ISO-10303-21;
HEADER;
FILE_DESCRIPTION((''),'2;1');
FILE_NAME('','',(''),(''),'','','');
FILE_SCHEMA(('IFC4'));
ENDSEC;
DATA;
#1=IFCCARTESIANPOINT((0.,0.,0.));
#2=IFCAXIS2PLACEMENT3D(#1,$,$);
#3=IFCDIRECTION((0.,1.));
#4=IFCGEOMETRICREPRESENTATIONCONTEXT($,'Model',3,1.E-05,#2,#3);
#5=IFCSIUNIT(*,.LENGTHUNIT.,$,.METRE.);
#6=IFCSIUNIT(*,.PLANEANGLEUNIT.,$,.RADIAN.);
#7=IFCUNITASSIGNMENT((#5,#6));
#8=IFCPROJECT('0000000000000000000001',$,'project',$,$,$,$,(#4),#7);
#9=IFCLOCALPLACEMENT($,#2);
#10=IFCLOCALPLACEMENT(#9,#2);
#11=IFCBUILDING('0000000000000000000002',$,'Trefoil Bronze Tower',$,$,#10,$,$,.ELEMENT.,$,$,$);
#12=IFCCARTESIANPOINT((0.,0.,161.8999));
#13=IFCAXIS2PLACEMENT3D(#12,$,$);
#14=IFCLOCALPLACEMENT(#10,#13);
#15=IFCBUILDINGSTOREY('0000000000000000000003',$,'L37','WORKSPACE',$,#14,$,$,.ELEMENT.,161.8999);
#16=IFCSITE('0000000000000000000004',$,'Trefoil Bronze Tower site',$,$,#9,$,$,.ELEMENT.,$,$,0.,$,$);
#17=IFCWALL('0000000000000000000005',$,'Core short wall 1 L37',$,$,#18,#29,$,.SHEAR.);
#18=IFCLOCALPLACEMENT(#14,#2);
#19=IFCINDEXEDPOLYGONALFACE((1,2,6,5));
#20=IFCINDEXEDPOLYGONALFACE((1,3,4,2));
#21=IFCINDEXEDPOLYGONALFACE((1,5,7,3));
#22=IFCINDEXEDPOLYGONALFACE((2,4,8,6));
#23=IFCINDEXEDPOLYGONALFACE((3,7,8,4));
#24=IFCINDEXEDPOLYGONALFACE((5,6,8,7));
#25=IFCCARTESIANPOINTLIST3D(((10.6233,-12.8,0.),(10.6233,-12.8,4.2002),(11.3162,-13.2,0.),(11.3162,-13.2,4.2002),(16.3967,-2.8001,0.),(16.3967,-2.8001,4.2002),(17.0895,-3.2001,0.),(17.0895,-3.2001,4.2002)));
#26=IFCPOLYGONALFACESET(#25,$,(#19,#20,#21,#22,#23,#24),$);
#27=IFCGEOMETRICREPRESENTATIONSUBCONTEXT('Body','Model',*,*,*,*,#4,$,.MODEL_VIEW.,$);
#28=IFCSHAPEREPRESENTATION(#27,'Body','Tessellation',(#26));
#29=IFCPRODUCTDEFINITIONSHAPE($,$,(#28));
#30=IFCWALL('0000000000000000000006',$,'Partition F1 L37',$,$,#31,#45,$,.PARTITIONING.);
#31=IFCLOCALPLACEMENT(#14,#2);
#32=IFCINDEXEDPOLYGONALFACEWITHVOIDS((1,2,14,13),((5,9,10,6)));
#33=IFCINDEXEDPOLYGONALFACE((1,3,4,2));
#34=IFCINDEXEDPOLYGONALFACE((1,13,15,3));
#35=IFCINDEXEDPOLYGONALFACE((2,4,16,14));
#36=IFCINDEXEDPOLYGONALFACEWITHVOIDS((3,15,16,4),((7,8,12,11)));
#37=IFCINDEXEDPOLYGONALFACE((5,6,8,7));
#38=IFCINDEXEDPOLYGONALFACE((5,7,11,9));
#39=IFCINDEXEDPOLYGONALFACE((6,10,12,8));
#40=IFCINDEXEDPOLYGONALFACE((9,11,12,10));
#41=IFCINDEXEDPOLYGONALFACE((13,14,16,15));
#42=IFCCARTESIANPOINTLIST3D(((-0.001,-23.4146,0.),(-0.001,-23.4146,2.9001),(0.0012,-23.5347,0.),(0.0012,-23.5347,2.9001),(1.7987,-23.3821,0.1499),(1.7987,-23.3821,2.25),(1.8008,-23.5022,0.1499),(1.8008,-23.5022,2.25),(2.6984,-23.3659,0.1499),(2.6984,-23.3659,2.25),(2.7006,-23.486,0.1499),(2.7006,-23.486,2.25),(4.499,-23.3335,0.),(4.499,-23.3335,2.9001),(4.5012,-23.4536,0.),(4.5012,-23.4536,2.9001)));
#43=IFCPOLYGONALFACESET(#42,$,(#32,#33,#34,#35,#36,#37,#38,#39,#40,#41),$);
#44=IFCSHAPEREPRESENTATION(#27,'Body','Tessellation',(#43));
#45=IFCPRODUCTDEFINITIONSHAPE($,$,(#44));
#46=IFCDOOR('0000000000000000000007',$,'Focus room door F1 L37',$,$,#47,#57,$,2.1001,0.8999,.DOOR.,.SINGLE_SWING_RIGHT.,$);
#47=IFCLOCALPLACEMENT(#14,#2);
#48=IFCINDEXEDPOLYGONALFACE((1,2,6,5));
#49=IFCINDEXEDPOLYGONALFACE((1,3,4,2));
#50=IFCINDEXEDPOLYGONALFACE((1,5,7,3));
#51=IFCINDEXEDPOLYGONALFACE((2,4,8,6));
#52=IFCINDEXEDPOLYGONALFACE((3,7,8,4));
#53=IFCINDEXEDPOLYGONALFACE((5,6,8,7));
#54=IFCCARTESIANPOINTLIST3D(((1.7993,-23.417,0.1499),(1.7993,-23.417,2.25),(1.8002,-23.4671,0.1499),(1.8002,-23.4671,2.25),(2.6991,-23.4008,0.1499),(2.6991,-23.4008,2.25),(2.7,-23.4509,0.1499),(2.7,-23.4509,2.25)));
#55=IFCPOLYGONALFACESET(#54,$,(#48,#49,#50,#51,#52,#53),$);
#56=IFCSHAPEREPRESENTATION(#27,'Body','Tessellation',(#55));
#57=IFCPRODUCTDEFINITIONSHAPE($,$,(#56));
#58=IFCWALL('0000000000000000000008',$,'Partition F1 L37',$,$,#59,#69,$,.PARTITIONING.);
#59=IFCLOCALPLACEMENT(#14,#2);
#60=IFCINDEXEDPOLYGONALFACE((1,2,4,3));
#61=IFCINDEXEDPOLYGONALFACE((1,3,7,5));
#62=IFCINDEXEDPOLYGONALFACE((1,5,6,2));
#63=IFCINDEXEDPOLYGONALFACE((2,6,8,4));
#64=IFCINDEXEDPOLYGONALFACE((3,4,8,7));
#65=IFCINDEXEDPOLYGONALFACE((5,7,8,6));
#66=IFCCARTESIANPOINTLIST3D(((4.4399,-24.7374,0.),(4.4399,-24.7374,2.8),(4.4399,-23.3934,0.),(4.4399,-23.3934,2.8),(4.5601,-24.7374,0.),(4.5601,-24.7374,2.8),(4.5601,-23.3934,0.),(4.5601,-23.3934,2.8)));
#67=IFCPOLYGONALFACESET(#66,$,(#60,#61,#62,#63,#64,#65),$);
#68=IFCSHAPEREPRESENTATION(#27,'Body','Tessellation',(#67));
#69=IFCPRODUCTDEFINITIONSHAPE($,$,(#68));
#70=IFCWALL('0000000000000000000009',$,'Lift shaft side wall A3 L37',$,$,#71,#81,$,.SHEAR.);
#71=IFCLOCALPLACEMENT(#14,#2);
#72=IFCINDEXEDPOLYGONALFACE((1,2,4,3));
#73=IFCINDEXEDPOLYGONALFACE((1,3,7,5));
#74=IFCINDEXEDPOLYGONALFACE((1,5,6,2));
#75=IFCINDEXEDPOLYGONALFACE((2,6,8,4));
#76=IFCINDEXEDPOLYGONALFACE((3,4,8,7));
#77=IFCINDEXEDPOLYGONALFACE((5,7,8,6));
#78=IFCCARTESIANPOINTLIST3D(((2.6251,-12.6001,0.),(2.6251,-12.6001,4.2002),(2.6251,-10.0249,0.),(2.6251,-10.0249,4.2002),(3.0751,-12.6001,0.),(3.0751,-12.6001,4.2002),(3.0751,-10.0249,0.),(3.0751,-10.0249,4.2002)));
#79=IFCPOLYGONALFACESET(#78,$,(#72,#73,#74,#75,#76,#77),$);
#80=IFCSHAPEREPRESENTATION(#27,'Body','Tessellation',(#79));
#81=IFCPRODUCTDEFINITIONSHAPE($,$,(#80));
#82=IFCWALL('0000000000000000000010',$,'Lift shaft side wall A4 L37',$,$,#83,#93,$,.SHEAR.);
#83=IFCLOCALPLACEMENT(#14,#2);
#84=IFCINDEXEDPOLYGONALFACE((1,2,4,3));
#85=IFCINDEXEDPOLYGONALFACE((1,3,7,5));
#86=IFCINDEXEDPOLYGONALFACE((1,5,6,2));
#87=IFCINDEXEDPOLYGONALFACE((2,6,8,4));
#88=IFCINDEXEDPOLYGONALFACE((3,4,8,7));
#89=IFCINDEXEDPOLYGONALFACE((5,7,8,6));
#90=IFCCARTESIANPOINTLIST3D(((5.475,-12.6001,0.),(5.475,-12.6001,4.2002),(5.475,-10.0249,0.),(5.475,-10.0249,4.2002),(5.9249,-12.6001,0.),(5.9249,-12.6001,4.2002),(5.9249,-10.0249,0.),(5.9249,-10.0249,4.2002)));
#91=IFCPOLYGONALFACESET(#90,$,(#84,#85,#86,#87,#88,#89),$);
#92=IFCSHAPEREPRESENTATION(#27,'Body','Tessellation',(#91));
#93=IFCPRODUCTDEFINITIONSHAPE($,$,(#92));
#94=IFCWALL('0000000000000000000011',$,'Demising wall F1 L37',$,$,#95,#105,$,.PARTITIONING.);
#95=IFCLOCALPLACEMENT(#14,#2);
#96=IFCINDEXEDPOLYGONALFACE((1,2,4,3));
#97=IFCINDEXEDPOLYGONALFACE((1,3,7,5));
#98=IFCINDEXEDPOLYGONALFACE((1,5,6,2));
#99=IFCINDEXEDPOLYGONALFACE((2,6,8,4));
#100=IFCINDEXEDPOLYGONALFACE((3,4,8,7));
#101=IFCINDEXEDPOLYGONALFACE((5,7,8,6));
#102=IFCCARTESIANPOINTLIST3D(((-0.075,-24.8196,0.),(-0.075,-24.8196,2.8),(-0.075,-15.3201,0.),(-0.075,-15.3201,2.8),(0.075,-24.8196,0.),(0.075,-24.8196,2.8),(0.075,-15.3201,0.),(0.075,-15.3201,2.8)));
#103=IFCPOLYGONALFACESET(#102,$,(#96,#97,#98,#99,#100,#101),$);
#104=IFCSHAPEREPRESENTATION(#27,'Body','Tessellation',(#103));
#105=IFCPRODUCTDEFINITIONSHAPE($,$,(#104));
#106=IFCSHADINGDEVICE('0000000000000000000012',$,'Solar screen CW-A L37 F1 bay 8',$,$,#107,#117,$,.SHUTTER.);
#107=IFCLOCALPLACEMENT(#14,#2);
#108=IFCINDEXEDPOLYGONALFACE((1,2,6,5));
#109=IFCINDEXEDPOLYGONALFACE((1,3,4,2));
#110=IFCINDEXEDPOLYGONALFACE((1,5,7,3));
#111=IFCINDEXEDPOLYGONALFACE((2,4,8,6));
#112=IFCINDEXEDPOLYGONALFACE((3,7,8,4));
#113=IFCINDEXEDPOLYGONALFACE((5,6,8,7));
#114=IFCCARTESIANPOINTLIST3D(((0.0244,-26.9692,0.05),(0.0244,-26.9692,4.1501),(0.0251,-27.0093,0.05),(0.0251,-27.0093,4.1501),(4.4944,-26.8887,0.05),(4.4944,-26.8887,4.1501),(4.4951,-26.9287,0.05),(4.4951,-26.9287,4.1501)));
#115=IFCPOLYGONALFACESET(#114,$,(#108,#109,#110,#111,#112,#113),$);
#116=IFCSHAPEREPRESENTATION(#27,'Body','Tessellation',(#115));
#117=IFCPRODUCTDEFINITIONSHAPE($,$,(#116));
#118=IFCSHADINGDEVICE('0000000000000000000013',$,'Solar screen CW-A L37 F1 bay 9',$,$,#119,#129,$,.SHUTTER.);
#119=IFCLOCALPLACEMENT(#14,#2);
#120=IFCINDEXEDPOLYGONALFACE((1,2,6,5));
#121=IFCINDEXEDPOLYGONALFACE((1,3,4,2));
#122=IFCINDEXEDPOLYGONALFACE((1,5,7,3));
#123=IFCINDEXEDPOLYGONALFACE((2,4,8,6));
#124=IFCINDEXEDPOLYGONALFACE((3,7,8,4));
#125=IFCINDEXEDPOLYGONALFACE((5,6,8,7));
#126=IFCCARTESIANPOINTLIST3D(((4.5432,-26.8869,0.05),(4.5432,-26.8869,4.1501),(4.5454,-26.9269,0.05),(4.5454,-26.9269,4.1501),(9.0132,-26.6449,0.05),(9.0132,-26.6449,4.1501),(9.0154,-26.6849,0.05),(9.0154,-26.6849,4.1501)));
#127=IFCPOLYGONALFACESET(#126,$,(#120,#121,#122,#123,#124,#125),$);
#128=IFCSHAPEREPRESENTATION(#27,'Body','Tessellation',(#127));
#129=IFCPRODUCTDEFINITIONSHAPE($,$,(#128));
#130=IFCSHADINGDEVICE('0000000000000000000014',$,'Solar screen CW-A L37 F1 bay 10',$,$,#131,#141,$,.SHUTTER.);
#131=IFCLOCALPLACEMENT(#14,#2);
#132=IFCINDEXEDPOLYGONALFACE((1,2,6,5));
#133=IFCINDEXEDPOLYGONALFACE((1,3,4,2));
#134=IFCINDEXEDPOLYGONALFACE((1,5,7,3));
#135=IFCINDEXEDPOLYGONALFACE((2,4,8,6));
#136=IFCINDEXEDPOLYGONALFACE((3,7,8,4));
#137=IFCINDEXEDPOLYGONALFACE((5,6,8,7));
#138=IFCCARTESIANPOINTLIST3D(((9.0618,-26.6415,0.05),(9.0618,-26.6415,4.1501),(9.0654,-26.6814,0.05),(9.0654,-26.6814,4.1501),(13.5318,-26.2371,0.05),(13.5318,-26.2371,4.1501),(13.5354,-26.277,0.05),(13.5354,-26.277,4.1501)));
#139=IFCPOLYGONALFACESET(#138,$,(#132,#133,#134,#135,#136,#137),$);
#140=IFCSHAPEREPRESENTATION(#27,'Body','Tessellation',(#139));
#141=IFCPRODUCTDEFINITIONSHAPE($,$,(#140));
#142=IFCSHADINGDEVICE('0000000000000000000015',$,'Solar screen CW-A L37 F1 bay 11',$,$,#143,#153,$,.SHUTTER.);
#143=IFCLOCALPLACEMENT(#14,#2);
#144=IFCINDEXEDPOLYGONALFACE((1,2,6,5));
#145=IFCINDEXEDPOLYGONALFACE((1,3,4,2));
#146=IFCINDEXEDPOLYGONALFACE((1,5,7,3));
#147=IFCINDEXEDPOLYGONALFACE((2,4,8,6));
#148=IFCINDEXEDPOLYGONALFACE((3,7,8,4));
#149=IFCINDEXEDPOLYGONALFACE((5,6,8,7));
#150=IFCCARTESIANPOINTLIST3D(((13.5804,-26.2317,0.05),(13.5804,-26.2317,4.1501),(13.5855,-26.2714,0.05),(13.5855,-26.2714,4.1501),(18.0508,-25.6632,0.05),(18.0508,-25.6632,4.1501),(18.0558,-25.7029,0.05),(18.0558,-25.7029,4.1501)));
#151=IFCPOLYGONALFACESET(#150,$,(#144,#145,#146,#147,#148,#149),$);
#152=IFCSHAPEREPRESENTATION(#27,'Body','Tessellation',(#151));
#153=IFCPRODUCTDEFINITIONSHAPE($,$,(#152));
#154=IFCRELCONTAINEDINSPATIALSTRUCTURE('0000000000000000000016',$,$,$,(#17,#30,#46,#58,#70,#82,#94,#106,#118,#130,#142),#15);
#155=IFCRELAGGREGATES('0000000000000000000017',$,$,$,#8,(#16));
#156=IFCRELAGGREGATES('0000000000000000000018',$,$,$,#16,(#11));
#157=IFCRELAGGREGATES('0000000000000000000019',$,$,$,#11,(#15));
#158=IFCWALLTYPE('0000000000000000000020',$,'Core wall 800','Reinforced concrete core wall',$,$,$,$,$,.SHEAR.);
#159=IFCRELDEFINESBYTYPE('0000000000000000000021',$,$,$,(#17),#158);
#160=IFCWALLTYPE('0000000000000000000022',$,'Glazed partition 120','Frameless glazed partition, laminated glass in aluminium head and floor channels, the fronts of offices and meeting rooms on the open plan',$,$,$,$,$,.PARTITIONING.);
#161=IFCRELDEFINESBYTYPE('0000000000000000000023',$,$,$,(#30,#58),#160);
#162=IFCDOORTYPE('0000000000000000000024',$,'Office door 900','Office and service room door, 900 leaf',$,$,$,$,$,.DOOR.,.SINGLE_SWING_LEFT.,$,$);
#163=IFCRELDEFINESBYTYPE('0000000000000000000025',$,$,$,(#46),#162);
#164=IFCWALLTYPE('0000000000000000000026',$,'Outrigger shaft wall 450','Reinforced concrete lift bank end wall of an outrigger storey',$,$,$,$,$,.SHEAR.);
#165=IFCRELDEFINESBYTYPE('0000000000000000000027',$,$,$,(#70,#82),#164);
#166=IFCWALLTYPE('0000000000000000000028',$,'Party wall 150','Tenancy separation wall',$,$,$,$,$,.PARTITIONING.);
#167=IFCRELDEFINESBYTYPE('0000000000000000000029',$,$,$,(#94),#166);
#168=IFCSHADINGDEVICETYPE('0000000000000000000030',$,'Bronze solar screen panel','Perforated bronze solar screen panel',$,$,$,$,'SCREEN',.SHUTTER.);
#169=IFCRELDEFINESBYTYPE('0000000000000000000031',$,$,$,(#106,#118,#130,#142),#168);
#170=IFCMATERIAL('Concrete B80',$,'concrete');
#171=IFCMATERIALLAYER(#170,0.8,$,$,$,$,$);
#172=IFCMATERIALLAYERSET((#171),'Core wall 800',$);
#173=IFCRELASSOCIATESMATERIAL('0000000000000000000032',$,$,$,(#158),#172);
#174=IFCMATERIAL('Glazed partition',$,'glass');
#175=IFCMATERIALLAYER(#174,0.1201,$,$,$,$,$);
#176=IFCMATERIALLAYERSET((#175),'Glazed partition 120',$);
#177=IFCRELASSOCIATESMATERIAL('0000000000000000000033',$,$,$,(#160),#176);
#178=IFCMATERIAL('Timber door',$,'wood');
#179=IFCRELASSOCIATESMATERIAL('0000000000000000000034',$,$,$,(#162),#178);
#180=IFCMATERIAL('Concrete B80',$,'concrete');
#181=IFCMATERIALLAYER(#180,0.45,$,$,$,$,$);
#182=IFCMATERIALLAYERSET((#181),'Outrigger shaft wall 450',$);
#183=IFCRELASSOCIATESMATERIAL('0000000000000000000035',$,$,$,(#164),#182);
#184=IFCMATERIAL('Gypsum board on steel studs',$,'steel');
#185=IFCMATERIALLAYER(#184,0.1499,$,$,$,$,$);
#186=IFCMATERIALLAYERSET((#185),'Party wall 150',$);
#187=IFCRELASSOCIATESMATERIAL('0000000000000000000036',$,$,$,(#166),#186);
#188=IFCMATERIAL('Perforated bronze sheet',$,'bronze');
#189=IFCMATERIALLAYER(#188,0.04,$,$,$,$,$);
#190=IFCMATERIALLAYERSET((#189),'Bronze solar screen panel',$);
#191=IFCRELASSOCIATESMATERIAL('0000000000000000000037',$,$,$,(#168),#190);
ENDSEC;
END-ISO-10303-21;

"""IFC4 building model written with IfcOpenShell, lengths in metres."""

from ifc_helpers import new_model, si_unit, direction, frame, frame_2d, origin, origin_2d, place, context, subcontext, project, spatial, rectangle, extrude, material, layer, layer_set, type_object, element, fill, save


model = new_model("IFC4")

# Units and contexts
model_context = context("Model", 3, precision=1e-05, world=origin(), true_north=direction((0.0, 1.0)))
body_context = subcontext(model_context, "Body", "Model", "MODEL_VIEW")
ifc_project = project(units=[si_unit("LENGTHUNIT", "METRE"), si_unit("PLANEANGLEUNIT", "RADIAN")], contexts=[model_context])

# Site, building, storey
site_placement = place(None, origin())
site = spatial("IfcSite", under=ifc_project, at=site_placement, Name="Trefoil Bronze Tower site", CompositionType="ELEMENT", RefElevation=0.0)
building_placement = place(site_placement, origin())
building = spatial("IfcBuilding", under=site, at=building_placement, Name="Trefoil Bronze Tower", CompositionType="ELEMENT")
storey_placement = place(building_placement, frame((0.0, 0.0, 161.8999)))
storey = spatial("IfcBuildingStorey", under=building, at=storey_placement, Name="L37", Description="WORKSPACE", CompositionType="ELEMENT", Elevation=161.8999)

# Wall
ifc_material_1 = material(Name="Concrete B80", Category="concrete")
ifc_layer_1 = layer(ifc_material_1, 0.8)
ifc_layer_set_1 = layer_set([ifc_layer_1], Name="Core wall 800")
wall_type_1 = type_object("IfcWallType", Name="Core wall 800", Description="Reinforced concrete core wall", PredefinedType="SHEAR", material=ifc_layer_set_1)
wall_1_placement = place(storey_placement, frame((10.9697, -13.0, 0.0), z_axis=(0.0, 0.0, 1.0), x_axis=(0.499996, 0.866028, 0.0)))
element("IfcWall", 1, at=wall_1_placement, inside=storey, type_object=wall_type_1, Name="Core short wall 1 L37", PredefinedType="SHEAR", context=body_context, shape_type="SweptSolid", body=[
    extrude(rectangle(XDim=11.5469, YDim=0.8, at=frame_2d((5.7734, 0.0))), origin(), (0.0, 0.0, 1.0), 4.2002),
])

# Wall, opening, door
ifc_material_2 = material(Name="Glazed partition", Category="glass")
ifc_layer_2 = layer(ifc_material_2, 0.1201)
ifc_layer_set_2 = layer_set([ifc_layer_2], Name="Glazed partition 120")
wall_type_2 = type_object("IfcWallType", Name="Glazed partition 120", Description="Frameless glazed partition, laminated glass in aluminium head and floor channels, the fronts of offices and meeting rooms on the open plan", PredefinedType="PARTITIONING", material=ifc_layer_set_2)
wall_2_placement = place(storey_placement, frame((0.0, -23.4746, 0.0), z_axis=(0.0, 0.0, 1.0), x_axis=(0.999838, 0.018009, 0.0)))
wall_2 = element("IfcWall", 2, at=wall_2_placement, inside=storey, type_object=wall_type_2, Name="Partition F1 L37", PredefinedType="PARTITIONING", context=body_context, shape_type="SweptSolid", body=[
    extrude(rectangle(XDim=4.5007, YDim=0.1201, at=frame_2d((2.2505, 0.0))), origin(), (0.0, 0.0, 1.0), 2.9001),
])
opening_placement = place(wall_2_placement, frame((1.8, 0.0, 0.1499)))
opening = element("IfcOpeningElement", 3, at=opening_placement, cuts=wall_2, PredefinedType="OPENING", context=body_context, shape_type="SweptSolid", body=[
    extrude(rectangle(XDim=0.8999, YDim=2.1001, at=frame_2d((0.45, 1.05))), frame((0.0, 0.0701, 0.0), z_axis=(0.0, -1.0, 0.0), x_axis=(1.0, 0.0, 0.0)), (0.0, 0.0, 1.0), 0.1401),
])
ifc_material_3 = material(Name="Timber door", Category="wood")
door_type = type_object("IfcDoorType", Name="Office door 900", Description="Office and service room door, 900 leaf", OperationType="SINGLE_SWING_LEFT", PredefinedType="DOOR", material=ifc_material_3)
door_placement = place(opening_placement, frame((0.8999, 0.0, 0.0), z_axis=(0.0, 0.0, 1.0), x_axis=(-1.0, 0.0, 0.0)))
door = element("IfcDoor", 4, at=door_placement, inside=storey, type_object=door_type, Name="Focus room door F1 L37", OperationType="SINGLE_SWING_RIGHT", OverallHeight=2.1001, OverallWidth=0.8999, PredefinedType="DOOR", context=body_context, shape_type="SweptSolid", body=[
    extrude(rectangle(XDim=0.8999, YDim=2.1001, at=frame_2d((0.45, 1.05))), frame((0.0, 0.0249, 0.0), z_axis=(0.0, -1.0, 0.0), x_axis=(1.0, 0.0, 0.0)), (0.0, 0.0, 1.0), 0.05),
])
fill(opening, door)

# Walls
wall_3_placement = place(storey_placement, frame((4.5, -23.3936, 0.0), z_axis=(0.0, 0.0, 1.0), x_axis=(0.0, -1.0, 0.0)))
element("IfcWall", 5, at=wall_3_placement, inside=storey, type_object=wall_type_2, Name="Partition F1 L37", PredefinedType="PARTITIONING", context=body_context, shape_type="SweptSolid", body=[
    extrude(rectangle(XDim=1.344, YDim=0.1201, at=frame_2d((0.6719, 0.0))), origin(), (0.0, 0.0, 1.0), 2.8),
])
ifc_material_4 = material(Name="Concrete B80", Category="concrete")
ifc_layer_3 = layer(ifc_material_4, 0.45)
ifc_layer_set_3 = layer_set([ifc_layer_3], Name="Outrigger shaft wall 450")
wall_type_3 = type_object("IfcWallType", Name="Outrigger shaft wall 450", Description="Reinforced concrete lift bank end wall of an outrigger storey", PredefinedType="SHEAR", material=ifc_layer_set_3)
for number, where, z_axis, x_axis, name in (
    (6, (2.8501, -10.0249, 0.0), (0.0, 0.0, 1.0), (0.0, -1.0, 0.0), "Lift shaft side wall A3 L37"),
    (7, (5.7, -10.0249, 0.0), (0.0, 0.0, 1.0), (0.0, -1.0, 0.0), "Lift shaft side wall A4 L37"),
):
    element("IfcWall", number, at=place(storey_placement, frame(where, z_axis=z_axis, x_axis=x_axis)), inside=storey, type_object=wall_type_3, Name=name, PredefinedType="SHEAR", context=body_context, shape_type="SweptSolid", body=[
        extrude(rectangle(XDim=2.5752, YDim=0.45, at=frame_2d((1.2876, 0.0))), origin(), (0.0, 0.0, 1.0), 4.2002),
    ])
ifc_material_5 = material(Name="Gypsum board on steel studs", Category="steel")
ifc_layer_4 = layer(ifc_material_5, 0.1499)
ifc_layer_set_4 = layer_set([ifc_layer_4], Name="Party wall 150")
wall_type_4 = type_object("IfcWallType", Name="Party wall 150", Description="Tenancy separation wall", PredefinedType="PARTITIONING", material=ifc_layer_set_4)
wall_4_placement = place(storey_placement, frame((0.0, -15.3201, 0.0), z_axis=(0.0, 0.0, 1.0), x_axis=(0.0, -1.0, 0.0)))
element("IfcWall", 8, at=wall_4_placement, inside=storey, type_object=wall_type_4, Name="Demising wall F1 L37", PredefinedType="PARTITIONING", context=body_context, shape_type="SweptSolid", body=[
    extrude(rectangle(XDim=9.4995, YDim=0.1499, at=frame_2d((4.7498, 0.0))), origin(), (0.0, 0.0, 1.0), 2.8),
])

# Shading devices
ifc_material_6 = material(Name="Perforated bronze sheet", Category="bronze")
ifc_layer_5 = layer(ifc_material_6, 0.04)
ifc_layer_set_5 = layer_set([ifc_layer_5], Name="Bronze solar screen panel")
shading_device_type = type_object("IfcShadingDeviceType", Name="Bronze solar screen panel", Description="Perforated bronze solar screen panel", ElementType="SCREEN", PredefinedType="SHUTTER", material=ifc_layer_set_5)
shading_device_1_placement = place(storey_placement, frame((2.2598, -26.949, 0.05), z_axis=(0.0, 0.0, 1.0), x_axis=(0.999838, 0.018021, 0.0)))
element("IfcShadingDevice", 9, at=shading_device_1_placement, inside=storey, type_object=shading_device_type, Name="Solar screen CW-A L37 F1 bay 8", PredefinedType="SHUTTER", context=body_context, shape_type="SweptSolid", body=[
    extrude(rectangle(XDim=4.4707, YDim=0.04, at=origin_2d()), origin(), (0.0, 0.0, 1.0), 4.1001),
])
shading_device_2_placement = place(storey_placement, frame((6.7793, -26.7859, 0.05), z_axis=(0.0, 0.0, 1.0), x_axis=(0.998538, 0.054063, 0.0)))
element("IfcShadingDevice", 10, at=shading_device_2_placement, inside=storey, type_object=shading_device_type, Name="Solar screen CW-A L37 F1 bay 9", PredefinedType="SHUTTER", context=body_context, shape_type="SweptSolid", body=[
    extrude(rectangle(XDim=4.4766, YDim=0.04, at=origin_2d()), origin(), (0.0, 0.0, 1.0), 4.1001),
])
shading_device_3_placement = place(storey_placement, frame((11.2986, -26.4592, 0.05), z_axis=(0.0, 0.0, 1.0), x_axis=(0.995932, 0.090105, 0.0)))
element("IfcShadingDevice", 11, at=shading_device_3_placement, inside=storey, type_object=shading_device_type, Name="Solar screen CW-A L37 F1 bay 10", PredefinedType="SHUTTER", context=body_context, shape_type="SweptSolid", body=[
    extrude(rectangle(XDim=4.4883, YDim=0.04, at=origin_2d()), origin(), (0.0, 0.0, 1.0), 4.1001),
])
shading_device_4_placement = place(storey_placement, frame((15.8181, -25.9673, 0.05), z_axis=(0.0, 0.0, 1.0), x_axis=(0.992012, 0.126147, 0.0)))
element("IfcShadingDevice", 12, at=shading_device_4_placement, inside=storey, type_object=shading_device_type, Name="Solar screen CW-A L37 F1 bay 11", PredefinedType="SHUTTER", context=body_context, shape_type="SweptSolid", body=[
    extrude(rectangle(XDim=4.5063, YDim=0.04, at=origin_2d()), origin(), (0.0, 0.0, 1.0), 4.1001),
])

save(model, "model.ifc")
